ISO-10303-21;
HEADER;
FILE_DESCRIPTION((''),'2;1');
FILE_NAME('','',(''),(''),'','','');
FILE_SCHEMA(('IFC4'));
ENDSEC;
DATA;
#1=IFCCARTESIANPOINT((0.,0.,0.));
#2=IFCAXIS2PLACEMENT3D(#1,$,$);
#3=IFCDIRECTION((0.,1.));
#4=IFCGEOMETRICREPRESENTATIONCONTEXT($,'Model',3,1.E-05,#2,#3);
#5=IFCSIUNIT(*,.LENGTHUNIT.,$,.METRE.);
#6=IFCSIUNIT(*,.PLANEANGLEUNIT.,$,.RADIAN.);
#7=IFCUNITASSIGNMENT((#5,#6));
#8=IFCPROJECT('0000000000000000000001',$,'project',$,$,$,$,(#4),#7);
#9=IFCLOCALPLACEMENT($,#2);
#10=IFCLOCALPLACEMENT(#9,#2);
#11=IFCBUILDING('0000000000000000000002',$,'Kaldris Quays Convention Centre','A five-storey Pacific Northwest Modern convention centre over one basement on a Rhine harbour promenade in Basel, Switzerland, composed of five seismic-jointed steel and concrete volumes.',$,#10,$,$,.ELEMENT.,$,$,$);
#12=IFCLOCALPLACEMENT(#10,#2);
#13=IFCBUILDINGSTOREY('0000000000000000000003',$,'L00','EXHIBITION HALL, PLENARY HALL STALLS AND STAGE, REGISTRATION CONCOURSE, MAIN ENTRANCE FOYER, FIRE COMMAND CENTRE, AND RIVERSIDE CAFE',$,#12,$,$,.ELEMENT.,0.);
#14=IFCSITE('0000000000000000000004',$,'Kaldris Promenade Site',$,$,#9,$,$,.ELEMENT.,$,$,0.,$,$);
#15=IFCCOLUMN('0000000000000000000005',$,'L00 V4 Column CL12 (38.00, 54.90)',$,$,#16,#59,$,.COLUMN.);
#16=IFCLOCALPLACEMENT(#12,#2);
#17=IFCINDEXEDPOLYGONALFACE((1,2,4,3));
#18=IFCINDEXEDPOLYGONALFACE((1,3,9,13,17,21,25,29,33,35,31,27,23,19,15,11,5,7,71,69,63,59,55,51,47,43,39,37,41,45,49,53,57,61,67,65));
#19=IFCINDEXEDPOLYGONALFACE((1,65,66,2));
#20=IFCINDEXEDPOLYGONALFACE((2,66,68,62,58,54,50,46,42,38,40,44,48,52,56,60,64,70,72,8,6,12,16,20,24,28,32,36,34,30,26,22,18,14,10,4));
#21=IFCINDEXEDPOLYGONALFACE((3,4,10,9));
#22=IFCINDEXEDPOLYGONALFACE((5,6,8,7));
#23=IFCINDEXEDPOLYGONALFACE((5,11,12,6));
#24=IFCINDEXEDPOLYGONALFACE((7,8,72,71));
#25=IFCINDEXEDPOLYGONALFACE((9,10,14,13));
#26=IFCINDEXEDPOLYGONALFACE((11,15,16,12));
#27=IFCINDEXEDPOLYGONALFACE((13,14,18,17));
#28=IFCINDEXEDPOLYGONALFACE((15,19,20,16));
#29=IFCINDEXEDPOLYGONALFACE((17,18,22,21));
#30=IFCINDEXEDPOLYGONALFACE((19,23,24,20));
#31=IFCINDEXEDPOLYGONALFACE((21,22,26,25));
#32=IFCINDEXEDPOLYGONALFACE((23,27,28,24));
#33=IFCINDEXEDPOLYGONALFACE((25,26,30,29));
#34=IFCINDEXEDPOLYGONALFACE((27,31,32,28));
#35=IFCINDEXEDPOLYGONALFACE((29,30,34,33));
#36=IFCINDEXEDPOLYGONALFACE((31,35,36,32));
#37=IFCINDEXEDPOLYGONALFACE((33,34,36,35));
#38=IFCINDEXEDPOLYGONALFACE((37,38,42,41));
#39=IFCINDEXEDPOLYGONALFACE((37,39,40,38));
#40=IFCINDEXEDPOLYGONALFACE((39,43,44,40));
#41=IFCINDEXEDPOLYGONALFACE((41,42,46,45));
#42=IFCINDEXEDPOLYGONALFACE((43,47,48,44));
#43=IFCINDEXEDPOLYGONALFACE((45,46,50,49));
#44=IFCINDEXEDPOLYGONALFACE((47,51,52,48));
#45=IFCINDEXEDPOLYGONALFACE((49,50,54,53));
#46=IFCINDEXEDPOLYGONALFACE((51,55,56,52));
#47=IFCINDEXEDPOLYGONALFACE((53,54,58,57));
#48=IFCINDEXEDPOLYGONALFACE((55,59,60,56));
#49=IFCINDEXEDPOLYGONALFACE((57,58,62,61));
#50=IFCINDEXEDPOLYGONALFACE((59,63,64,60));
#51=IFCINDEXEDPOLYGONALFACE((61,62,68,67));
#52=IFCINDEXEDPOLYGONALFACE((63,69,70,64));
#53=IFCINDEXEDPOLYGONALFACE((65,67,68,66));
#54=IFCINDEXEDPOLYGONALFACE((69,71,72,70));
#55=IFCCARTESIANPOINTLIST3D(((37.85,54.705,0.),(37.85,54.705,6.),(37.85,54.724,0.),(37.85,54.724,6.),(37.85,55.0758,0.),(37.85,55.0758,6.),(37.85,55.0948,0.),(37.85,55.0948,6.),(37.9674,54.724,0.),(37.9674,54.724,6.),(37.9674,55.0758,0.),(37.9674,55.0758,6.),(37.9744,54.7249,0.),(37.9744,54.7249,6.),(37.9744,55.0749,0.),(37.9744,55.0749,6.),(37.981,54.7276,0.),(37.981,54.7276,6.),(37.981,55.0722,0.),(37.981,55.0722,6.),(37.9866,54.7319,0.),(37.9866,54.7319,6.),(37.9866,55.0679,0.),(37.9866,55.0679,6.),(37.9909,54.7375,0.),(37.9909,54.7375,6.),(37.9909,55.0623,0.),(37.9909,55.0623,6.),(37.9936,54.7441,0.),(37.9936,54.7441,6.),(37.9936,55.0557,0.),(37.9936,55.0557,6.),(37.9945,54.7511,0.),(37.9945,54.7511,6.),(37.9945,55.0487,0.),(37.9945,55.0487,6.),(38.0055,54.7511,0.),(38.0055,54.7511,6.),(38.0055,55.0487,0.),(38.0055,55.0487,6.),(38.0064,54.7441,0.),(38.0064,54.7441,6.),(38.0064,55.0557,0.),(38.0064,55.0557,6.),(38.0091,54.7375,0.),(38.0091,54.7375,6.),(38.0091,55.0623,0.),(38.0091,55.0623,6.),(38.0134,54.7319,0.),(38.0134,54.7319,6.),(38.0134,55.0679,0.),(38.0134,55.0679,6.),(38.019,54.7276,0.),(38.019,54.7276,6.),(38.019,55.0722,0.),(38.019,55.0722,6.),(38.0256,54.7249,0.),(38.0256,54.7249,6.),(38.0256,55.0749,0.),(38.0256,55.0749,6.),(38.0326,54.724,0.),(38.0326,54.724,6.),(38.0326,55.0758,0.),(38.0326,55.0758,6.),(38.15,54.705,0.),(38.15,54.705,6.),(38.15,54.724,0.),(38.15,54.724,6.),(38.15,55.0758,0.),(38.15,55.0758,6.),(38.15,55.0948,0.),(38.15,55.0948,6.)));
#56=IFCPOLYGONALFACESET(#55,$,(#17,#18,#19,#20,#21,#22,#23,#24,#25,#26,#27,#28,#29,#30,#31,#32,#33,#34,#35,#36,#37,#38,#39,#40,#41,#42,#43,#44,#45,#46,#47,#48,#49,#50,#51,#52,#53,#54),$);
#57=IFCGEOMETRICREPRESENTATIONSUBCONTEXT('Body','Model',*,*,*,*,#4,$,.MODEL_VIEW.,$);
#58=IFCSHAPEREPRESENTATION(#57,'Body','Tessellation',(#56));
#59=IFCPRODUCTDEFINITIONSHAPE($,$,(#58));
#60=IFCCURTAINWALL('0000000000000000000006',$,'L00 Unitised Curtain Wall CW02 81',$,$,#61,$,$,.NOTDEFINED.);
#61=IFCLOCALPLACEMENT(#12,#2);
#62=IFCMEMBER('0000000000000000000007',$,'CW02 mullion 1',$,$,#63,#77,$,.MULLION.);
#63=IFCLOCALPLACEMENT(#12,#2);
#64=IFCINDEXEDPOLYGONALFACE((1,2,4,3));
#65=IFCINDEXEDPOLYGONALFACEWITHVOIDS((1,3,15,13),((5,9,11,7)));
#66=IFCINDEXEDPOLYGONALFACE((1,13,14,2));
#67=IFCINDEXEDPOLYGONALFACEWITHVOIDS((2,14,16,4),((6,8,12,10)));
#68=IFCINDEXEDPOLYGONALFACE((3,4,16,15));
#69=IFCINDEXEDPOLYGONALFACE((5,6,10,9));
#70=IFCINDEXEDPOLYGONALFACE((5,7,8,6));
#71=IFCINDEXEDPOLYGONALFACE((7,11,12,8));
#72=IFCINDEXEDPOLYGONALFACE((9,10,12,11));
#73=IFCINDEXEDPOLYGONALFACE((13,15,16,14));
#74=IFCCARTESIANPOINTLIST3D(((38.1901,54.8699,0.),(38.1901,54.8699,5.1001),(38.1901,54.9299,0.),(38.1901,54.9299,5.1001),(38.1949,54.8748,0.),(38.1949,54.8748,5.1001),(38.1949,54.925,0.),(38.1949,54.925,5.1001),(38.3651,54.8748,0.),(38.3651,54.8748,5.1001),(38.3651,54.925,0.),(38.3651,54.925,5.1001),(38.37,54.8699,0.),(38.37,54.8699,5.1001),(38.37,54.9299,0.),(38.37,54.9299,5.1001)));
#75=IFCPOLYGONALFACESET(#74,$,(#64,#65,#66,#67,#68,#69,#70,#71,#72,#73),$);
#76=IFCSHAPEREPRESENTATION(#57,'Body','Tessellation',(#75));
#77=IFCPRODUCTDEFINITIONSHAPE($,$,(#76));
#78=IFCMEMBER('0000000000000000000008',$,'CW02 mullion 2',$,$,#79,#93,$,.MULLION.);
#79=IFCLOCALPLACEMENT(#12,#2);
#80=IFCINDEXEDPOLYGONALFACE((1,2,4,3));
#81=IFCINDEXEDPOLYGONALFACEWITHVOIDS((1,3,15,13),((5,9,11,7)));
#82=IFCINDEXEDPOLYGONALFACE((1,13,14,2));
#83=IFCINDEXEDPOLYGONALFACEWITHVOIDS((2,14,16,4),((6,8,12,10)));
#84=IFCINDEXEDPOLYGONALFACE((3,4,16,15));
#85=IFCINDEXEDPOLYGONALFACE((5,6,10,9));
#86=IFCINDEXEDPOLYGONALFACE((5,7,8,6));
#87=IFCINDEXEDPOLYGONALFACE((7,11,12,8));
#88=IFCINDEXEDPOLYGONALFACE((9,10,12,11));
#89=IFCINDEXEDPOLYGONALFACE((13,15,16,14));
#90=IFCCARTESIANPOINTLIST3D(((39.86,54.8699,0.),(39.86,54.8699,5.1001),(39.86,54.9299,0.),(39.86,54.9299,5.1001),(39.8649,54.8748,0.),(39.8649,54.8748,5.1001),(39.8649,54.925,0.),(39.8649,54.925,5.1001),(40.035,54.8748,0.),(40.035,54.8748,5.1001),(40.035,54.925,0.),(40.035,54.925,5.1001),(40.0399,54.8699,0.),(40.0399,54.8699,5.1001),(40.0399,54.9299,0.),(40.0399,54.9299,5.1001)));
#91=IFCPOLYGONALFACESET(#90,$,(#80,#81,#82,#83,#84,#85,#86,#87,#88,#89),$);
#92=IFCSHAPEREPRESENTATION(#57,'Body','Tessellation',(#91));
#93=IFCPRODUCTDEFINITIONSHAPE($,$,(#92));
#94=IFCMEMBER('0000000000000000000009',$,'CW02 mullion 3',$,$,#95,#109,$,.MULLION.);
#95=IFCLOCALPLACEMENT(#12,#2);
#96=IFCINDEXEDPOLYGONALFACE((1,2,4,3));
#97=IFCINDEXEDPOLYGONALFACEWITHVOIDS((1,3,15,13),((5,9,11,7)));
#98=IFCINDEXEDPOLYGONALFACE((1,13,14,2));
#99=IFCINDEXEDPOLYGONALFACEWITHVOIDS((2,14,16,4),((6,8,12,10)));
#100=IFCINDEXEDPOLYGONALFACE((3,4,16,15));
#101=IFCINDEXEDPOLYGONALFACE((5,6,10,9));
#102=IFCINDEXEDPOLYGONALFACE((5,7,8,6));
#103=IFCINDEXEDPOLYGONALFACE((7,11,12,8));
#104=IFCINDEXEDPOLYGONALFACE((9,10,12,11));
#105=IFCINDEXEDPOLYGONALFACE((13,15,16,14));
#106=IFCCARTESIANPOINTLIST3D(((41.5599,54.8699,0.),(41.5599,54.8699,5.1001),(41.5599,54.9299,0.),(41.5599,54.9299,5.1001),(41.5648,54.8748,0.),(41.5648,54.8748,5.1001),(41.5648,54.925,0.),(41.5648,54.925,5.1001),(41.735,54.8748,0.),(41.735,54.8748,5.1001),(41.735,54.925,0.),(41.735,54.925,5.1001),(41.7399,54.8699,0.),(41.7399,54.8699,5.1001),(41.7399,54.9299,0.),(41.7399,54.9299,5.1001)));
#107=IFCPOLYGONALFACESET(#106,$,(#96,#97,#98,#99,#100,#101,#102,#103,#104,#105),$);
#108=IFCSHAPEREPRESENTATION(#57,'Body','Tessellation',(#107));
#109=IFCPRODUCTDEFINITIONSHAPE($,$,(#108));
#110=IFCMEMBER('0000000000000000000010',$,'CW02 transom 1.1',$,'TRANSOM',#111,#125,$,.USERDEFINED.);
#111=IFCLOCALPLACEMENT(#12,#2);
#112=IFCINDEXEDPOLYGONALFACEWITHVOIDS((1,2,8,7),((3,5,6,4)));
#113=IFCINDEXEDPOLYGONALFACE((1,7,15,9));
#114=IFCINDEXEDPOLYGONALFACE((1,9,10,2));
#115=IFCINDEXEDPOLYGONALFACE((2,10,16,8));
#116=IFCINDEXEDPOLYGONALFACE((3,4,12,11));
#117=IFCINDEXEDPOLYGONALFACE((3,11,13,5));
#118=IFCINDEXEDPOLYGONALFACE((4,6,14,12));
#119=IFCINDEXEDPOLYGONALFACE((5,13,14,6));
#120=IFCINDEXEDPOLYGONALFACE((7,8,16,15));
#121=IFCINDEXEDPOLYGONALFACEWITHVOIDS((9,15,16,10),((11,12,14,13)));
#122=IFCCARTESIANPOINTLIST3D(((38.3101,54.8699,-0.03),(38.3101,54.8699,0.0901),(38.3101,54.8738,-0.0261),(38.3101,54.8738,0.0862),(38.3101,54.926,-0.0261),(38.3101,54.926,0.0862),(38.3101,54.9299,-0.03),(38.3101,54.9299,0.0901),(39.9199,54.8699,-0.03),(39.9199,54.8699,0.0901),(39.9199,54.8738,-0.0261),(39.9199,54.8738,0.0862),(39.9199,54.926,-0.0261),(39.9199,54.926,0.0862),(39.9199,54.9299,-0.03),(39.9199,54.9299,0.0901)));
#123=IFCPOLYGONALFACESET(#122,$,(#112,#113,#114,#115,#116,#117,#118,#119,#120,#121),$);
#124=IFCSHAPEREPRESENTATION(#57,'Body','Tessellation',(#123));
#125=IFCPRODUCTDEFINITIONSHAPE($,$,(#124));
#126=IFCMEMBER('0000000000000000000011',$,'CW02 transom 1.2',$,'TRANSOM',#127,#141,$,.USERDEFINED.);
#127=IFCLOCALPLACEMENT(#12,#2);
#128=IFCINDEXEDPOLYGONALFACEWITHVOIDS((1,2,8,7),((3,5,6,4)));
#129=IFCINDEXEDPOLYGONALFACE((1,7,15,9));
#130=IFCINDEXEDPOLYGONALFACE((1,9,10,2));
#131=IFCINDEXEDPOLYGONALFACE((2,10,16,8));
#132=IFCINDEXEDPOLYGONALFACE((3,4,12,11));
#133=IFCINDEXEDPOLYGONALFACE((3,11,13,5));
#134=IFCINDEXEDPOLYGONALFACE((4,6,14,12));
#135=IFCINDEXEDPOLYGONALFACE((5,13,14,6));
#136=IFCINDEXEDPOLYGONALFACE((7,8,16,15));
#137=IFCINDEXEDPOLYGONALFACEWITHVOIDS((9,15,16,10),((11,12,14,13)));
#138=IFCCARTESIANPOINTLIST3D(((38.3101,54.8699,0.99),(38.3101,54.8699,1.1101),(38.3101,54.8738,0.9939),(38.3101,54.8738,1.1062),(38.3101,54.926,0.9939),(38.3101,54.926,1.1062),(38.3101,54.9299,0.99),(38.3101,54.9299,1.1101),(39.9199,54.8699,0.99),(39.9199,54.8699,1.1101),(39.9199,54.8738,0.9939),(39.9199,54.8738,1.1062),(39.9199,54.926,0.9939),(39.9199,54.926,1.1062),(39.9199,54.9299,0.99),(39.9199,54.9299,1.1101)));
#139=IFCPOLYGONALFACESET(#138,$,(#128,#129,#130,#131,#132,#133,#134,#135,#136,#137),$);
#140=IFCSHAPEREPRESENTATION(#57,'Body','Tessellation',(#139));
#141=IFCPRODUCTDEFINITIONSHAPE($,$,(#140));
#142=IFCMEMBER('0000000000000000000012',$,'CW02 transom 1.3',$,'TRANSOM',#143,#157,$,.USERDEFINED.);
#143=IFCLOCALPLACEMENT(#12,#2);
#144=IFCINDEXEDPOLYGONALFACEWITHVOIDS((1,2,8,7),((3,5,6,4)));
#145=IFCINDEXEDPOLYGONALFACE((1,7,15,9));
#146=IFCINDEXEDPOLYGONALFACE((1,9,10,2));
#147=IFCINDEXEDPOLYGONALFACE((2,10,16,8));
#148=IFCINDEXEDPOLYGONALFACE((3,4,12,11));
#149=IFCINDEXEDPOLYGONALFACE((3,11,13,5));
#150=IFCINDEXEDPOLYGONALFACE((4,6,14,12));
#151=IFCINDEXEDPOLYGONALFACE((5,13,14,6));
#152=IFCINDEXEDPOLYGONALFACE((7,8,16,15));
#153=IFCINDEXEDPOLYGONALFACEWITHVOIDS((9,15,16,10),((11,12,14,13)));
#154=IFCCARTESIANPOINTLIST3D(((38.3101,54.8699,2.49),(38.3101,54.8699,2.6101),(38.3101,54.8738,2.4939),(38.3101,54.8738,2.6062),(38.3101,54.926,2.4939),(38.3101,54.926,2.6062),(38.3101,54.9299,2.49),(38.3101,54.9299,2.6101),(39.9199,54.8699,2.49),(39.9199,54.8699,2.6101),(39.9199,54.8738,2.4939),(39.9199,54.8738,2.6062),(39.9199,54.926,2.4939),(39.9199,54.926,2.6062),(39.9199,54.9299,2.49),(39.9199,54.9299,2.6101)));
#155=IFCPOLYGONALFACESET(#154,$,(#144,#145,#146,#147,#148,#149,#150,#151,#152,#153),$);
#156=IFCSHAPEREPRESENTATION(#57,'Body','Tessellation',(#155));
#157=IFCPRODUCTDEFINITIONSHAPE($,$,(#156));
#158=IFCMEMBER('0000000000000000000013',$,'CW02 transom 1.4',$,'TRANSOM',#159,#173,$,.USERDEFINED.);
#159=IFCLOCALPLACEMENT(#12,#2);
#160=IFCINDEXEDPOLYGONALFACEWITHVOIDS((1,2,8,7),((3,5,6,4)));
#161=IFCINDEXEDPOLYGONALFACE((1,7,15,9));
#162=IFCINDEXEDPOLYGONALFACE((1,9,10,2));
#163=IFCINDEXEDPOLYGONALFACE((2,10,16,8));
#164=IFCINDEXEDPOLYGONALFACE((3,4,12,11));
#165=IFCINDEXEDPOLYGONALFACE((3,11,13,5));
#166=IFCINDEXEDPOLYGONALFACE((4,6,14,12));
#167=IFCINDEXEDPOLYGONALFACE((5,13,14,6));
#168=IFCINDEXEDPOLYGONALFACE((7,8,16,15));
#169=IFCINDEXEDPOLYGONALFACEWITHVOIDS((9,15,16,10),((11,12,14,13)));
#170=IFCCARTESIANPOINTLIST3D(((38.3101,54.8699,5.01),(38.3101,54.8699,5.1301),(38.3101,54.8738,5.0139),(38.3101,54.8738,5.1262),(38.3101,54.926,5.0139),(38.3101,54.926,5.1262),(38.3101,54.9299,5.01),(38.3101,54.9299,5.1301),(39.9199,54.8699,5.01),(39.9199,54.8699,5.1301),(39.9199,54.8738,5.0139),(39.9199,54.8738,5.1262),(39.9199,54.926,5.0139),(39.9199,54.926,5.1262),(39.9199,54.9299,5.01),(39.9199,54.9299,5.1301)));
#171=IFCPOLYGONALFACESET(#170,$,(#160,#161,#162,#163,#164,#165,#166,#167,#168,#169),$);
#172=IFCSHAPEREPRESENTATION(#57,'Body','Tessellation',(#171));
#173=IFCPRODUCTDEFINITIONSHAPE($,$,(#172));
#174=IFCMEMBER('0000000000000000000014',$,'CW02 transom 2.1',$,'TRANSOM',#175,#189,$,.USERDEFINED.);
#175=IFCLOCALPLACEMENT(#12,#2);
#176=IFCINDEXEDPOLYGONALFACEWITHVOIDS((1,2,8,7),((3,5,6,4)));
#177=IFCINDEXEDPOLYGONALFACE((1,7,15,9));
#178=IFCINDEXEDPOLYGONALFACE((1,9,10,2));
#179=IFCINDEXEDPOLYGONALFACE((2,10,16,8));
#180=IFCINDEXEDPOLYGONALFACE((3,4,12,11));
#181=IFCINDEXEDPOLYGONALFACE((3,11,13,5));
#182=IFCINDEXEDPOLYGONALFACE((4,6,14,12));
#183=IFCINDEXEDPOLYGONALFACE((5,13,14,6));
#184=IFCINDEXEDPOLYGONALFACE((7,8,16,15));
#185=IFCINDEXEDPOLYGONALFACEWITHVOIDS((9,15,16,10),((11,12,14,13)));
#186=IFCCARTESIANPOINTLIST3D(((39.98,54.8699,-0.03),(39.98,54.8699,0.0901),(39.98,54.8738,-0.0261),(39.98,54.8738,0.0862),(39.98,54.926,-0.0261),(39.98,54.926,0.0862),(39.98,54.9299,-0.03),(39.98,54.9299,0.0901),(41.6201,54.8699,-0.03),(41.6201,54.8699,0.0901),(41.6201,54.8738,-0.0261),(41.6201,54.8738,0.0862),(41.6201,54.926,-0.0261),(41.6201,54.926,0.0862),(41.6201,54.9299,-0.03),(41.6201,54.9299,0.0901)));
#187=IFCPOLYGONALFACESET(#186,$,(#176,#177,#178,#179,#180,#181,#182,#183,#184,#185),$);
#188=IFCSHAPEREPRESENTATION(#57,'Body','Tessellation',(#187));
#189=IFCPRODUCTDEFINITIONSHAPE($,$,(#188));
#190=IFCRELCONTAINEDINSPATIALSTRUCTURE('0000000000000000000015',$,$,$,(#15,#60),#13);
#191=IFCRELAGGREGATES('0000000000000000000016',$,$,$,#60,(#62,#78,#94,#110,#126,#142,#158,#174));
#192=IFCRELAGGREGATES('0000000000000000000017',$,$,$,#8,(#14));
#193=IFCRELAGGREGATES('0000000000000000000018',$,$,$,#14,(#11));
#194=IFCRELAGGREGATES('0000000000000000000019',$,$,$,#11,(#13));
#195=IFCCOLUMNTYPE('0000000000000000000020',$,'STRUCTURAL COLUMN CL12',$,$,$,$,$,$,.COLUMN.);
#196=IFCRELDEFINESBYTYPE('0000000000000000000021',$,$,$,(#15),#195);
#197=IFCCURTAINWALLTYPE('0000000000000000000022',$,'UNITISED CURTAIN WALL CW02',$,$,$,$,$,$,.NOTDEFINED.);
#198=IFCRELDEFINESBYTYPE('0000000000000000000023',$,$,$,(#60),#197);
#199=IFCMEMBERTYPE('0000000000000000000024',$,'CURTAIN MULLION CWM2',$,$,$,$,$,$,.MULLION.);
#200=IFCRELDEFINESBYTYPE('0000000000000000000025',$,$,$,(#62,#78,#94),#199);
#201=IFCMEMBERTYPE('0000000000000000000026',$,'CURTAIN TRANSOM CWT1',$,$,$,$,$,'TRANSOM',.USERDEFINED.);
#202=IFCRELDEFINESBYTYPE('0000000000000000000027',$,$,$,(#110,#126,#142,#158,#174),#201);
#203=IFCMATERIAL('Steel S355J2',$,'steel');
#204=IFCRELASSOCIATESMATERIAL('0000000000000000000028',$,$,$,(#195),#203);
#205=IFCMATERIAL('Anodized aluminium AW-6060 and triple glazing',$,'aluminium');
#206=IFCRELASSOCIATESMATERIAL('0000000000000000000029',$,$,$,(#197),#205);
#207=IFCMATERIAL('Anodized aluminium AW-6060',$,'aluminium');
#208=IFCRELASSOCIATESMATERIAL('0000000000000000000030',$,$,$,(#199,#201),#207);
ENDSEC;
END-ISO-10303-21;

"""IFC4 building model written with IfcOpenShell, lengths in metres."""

from ifc_helpers import new_model, si_unit, direction, frame, origin, origin_2d, place, context, subcontext, project, spatial, hollow_rectangle, i_section, extrude, material, material_profile, profile_set, type_object, element, aggregate, save


model = new_model("IFC4")

# Units and contexts
model_context = context("Model", 3, precision=1e-05, world=origin(), true_north=direction((0.0, 1.0)))
body_context = subcontext(model_context, "Body", "Model", "MODEL_VIEW")
ifc_project = project(units=[si_unit("LENGTHUNIT", "METRE"), si_unit("PLANEANGLEUNIT", "RADIAN")], contexts=[model_context])

# Site, building, storey
site_placement = place(None, origin())
site = spatial("IfcSite", under=ifc_project, at=site_placement, Name="Kaldris Promenade Site", CompositionType="ELEMENT", RefElevation=0.0)
building_placement = place(site_placement, origin())
building = spatial("IfcBuilding", under=site, at=building_placement, Name="Kaldris Quays Convention Centre", Description="A five-storey Pacific Northwest Modern convention centre over one basement on a Rhine harbour promenade in Basel, Switzerland, composed of five seismic-jointed steel and concrete volumes.", CompositionType="ELEMENT")
storey_placement = place(building_placement, origin())
storey = spatial("IfcBuildingStorey", under=building, at=storey_placement, Name="L00", Description="EXHIBITION HALL, PLENARY HALL STALLS AND STAGE, REGISTRATION CONCOURSE, MAIN ENTRANCE FOYER, FIRE COMMAND CENTRE, AND RIVERSIDE CAFE", CompositionType="ELEMENT", Elevation=0.0)

# Column
ifc_material_1 = material(Name="Steel S355J2", Category="steel")
ifc_material_profile_1 = material_profile(ifc_material_1, i_section(OverallWidth=0.3, OverallDepth=0.3899, WebThickness=0.011, FlangeThickness=0.019, FilletRadius=0.0271, at=origin_2d()), Name="HEA 400")
ifc_profile_set_1 = profile_set([ifc_material_profile_1], Name="Steel S355J2")
column_type = type_object("IfcColumnType", Name="STRUCTURAL COLUMN CL12", PredefinedType="COLUMN", material=ifc_profile_set_1)
column_placement = place(storey_placement, frame((38.0, 54.8999, 0.0), z_axis=(0.0, 0.0, 1.0), x_axis=(1.0, 0.0, 0.0)))
element("IfcColumn", 1, at=column_placement, inside=storey, type_object=column_type, Name="L00 V4 Column CL12 (38.00, 54.90)", PredefinedType="COLUMN", context=body_context, shape_type="SweptSolid", body=[
    extrude(i_section(OverallWidth=0.3, OverallDepth=0.3899, WebThickness=0.011, FlangeThickness=0.019, FilletRadius=0.0271, at=origin_2d()), origin(), (0.0, 0.0, 1.0), 6.0),
])

# Curtain wall, members
ifc_material_2 = material(Name="Anodized aluminium AW-6060 and triple glazing", Category="aluminium")
curtain_wall_type = type_object("IfcCurtainWallType", Name="UNITISED CURTAIN WALL CW02", PredefinedType="NOTDEFINED", material=ifc_material_2)
curtain_wall_placement = place(storey_placement, origin())
curtain_wall = element("IfcCurtainWall", 2, at=curtain_wall_placement, inside=storey, type_object=curtain_wall_type, Name="L00 Unitised Curtain Wall CW02 81", PredefinedType="NOTDEFINED")
ifc_material_3 = material(Name="Anodized aluminium AW-6060", Category="aluminium")
ifc_material_profile_2 = material_profile(ifc_material_3, hollow_rectangle(XDim=0.0601, YDim=0.1799, WallThickness=0.0049, at=origin_2d()), Name="RHS 180x60x5")
ifc_profile_set_2 = profile_set([ifc_material_profile_2], Name="Anodized aluminium AW-6060")
member_type_1 = type_object("IfcMemberType", Name="CURTAIN MULLION CWM2", PredefinedType="MULLION", material=ifc_profile_set_2)
member_1_placement = place(storey_placement, frame((38.28, 54.8999, 0.0), z_axis=(0.0, 0.0, 1.0), x_axis=(0.0, 1.0, 0.0)))
member_1 = element("IfcMember", 3, at=member_1_placement, type_object=member_type_1, Name="CW02 mullion 1", PredefinedType="MULLION", context=body_context, shape_type="SweptSolid", body=[
    extrude(hollow_rectangle(XDim=0.0601, YDim=0.1799, WallThickness=0.0049, at=origin_2d()), origin(), (0.0, 0.0, 1.0), 5.1001),
])
member_2_placement = place(storey_placement, frame((39.95, 54.8999, 0.0), z_axis=(0.0, 0.0, 1.0), x_axis=(0.0, 1.0, 0.0)))
member_2 = element("IfcMember", 4, at=member_2_placement, type_object=member_type_1, Name="CW02 mullion 2", PredefinedType="MULLION", context=body_context, shape_type="SweptSolid", body=[
    extrude(hollow_rectangle(XDim=0.0601, YDim=0.1799, WallThickness=0.0049, at=origin_2d()), origin(), (0.0, 0.0, 1.0), 5.1001),
])
member_3_placement = place(storey_placement, frame((41.6499, 54.8999, 0.0), z_axis=(0.0, 0.0, 1.0), x_axis=(0.0, 1.0, 0.0)))
member_3 = element("IfcMember", 5, at=member_3_placement, type_object=member_type_1, Name="CW02 mullion 3", PredefinedType="MULLION", context=body_context, shape_type="SweptSolid", body=[
    extrude(hollow_rectangle(XDim=0.0601, YDim=0.1799, WallThickness=0.0049, at=origin_2d()), origin(), (0.0, 0.0, 1.0), 5.1001),
])
ifc_material_profile_3 = material_profile(ifc_material_3, hollow_rectangle(XDim=0.0601, YDim=0.1201, WallThickness=0.0039, at=origin_2d()), Name="RHS 120x60x4")
ifc_profile_set_3 = profile_set([ifc_material_profile_3], Name="Anodized aluminium AW-6060")
member_type_2 = type_object("IfcMemberType", Name="CURTAIN TRANSOM CWT1", ElementType="TRANSOM", PredefinedType="USERDEFINED", material=ifc_profile_set_3)
member_4_placement = place(storey_placement, frame((38.3101, 54.8999, 0.03), z_axis=(1.0, 0.0, 0.0), x_axis=(0.0, 1.0, 0.0)))
member_4 = element("IfcMember", 6, at=member_4_placement, type_object=member_type_2, Name="CW02 transom 1.1", ObjectType="TRANSOM", PredefinedType="USERDEFINED", context=body_context, shape_type="SweptSolid", body=[
    extrude(hollow_rectangle(XDim=0.0601, YDim=0.1201, WallThickness=0.0039, at=origin_2d()), origin(), (0.0, 0.0, 1.0), 1.6099),
])
member_5_placement = place(storey_placement, frame((38.3101, 54.8999, 1.05), z_axis=(1.0, 0.0, 0.0), x_axis=(0.0, 1.0, 0.0)))
member_5 = element("IfcMember", 7, at=member_5_placement, type_object=member_type_2, Name="CW02 transom 1.2", ObjectType="TRANSOM", PredefinedType="USERDEFINED", context=body_context, shape_type="SweptSolid", body=[
    extrude(hollow_rectangle(XDim=0.0601, YDim=0.1201, WallThickness=0.0039, at=origin_2d()), origin(), (0.0, 0.0, 1.0), 1.6099),
])
member_6_placement = place(storey_placement, frame((38.3101, 54.8999, 2.55), z_axis=(1.0, 0.0, 0.0), x_axis=(0.0, 1.0, 0.0)))
member_6 = element("IfcMember", 8, at=member_6_placement, type_object=member_type_2, Name="CW02 transom 1.3", ObjectType="TRANSOM", PredefinedType="USERDEFINED", context=body_context, shape_type="SweptSolid", body=[
    extrude(hollow_rectangle(XDim=0.0601, YDim=0.1201, WallThickness=0.0039, at=origin_2d()), origin(), (0.0, 0.0, 1.0), 1.6099),
])
member_7_placement = place(storey_placement, frame((38.3101, 54.8999, 5.0701), z_axis=(1.0, 0.0, 0.0), x_axis=(0.0, 1.0, 0.0)))
member_7 = element("IfcMember", 9, at=member_7_placement, type_object=member_type_2, Name="CW02 transom 1.4", ObjectType="TRANSOM", PredefinedType="USERDEFINED", context=body_context, shape_type="SweptSolid", body=[
    extrude(hollow_rectangle(XDim=0.0601, YDim=0.1201, WallThickness=0.0039, at=origin_2d()), origin(), (0.0, 0.0, 1.0), 1.6099),
])
member_8_placement = place(storey_placement, frame((39.98, 54.8999, 0.03), z_axis=(1.0, 0.0, 0.0), x_axis=(0.0, 1.0, 0.0)))
member_8 = element("IfcMember", 10, at=member_8_placement, type_object=member_type_2, Name="CW02 transom 2.1", ObjectType="TRANSOM", PredefinedType="USERDEFINED", context=body_context, shape_type="SweptSolid", body=[
    extrude(hollow_rectangle(XDim=0.0601, YDim=0.1201, WallThickness=0.0039, at=origin_2d()), origin(), (0.0, 0.0, 1.0), 1.6401),
])
aggregate(curtain_wall, [member_1, member_2, member_3, member_4, member_5, member_6, member_7, member_8])

save(model, "model.ifc")
